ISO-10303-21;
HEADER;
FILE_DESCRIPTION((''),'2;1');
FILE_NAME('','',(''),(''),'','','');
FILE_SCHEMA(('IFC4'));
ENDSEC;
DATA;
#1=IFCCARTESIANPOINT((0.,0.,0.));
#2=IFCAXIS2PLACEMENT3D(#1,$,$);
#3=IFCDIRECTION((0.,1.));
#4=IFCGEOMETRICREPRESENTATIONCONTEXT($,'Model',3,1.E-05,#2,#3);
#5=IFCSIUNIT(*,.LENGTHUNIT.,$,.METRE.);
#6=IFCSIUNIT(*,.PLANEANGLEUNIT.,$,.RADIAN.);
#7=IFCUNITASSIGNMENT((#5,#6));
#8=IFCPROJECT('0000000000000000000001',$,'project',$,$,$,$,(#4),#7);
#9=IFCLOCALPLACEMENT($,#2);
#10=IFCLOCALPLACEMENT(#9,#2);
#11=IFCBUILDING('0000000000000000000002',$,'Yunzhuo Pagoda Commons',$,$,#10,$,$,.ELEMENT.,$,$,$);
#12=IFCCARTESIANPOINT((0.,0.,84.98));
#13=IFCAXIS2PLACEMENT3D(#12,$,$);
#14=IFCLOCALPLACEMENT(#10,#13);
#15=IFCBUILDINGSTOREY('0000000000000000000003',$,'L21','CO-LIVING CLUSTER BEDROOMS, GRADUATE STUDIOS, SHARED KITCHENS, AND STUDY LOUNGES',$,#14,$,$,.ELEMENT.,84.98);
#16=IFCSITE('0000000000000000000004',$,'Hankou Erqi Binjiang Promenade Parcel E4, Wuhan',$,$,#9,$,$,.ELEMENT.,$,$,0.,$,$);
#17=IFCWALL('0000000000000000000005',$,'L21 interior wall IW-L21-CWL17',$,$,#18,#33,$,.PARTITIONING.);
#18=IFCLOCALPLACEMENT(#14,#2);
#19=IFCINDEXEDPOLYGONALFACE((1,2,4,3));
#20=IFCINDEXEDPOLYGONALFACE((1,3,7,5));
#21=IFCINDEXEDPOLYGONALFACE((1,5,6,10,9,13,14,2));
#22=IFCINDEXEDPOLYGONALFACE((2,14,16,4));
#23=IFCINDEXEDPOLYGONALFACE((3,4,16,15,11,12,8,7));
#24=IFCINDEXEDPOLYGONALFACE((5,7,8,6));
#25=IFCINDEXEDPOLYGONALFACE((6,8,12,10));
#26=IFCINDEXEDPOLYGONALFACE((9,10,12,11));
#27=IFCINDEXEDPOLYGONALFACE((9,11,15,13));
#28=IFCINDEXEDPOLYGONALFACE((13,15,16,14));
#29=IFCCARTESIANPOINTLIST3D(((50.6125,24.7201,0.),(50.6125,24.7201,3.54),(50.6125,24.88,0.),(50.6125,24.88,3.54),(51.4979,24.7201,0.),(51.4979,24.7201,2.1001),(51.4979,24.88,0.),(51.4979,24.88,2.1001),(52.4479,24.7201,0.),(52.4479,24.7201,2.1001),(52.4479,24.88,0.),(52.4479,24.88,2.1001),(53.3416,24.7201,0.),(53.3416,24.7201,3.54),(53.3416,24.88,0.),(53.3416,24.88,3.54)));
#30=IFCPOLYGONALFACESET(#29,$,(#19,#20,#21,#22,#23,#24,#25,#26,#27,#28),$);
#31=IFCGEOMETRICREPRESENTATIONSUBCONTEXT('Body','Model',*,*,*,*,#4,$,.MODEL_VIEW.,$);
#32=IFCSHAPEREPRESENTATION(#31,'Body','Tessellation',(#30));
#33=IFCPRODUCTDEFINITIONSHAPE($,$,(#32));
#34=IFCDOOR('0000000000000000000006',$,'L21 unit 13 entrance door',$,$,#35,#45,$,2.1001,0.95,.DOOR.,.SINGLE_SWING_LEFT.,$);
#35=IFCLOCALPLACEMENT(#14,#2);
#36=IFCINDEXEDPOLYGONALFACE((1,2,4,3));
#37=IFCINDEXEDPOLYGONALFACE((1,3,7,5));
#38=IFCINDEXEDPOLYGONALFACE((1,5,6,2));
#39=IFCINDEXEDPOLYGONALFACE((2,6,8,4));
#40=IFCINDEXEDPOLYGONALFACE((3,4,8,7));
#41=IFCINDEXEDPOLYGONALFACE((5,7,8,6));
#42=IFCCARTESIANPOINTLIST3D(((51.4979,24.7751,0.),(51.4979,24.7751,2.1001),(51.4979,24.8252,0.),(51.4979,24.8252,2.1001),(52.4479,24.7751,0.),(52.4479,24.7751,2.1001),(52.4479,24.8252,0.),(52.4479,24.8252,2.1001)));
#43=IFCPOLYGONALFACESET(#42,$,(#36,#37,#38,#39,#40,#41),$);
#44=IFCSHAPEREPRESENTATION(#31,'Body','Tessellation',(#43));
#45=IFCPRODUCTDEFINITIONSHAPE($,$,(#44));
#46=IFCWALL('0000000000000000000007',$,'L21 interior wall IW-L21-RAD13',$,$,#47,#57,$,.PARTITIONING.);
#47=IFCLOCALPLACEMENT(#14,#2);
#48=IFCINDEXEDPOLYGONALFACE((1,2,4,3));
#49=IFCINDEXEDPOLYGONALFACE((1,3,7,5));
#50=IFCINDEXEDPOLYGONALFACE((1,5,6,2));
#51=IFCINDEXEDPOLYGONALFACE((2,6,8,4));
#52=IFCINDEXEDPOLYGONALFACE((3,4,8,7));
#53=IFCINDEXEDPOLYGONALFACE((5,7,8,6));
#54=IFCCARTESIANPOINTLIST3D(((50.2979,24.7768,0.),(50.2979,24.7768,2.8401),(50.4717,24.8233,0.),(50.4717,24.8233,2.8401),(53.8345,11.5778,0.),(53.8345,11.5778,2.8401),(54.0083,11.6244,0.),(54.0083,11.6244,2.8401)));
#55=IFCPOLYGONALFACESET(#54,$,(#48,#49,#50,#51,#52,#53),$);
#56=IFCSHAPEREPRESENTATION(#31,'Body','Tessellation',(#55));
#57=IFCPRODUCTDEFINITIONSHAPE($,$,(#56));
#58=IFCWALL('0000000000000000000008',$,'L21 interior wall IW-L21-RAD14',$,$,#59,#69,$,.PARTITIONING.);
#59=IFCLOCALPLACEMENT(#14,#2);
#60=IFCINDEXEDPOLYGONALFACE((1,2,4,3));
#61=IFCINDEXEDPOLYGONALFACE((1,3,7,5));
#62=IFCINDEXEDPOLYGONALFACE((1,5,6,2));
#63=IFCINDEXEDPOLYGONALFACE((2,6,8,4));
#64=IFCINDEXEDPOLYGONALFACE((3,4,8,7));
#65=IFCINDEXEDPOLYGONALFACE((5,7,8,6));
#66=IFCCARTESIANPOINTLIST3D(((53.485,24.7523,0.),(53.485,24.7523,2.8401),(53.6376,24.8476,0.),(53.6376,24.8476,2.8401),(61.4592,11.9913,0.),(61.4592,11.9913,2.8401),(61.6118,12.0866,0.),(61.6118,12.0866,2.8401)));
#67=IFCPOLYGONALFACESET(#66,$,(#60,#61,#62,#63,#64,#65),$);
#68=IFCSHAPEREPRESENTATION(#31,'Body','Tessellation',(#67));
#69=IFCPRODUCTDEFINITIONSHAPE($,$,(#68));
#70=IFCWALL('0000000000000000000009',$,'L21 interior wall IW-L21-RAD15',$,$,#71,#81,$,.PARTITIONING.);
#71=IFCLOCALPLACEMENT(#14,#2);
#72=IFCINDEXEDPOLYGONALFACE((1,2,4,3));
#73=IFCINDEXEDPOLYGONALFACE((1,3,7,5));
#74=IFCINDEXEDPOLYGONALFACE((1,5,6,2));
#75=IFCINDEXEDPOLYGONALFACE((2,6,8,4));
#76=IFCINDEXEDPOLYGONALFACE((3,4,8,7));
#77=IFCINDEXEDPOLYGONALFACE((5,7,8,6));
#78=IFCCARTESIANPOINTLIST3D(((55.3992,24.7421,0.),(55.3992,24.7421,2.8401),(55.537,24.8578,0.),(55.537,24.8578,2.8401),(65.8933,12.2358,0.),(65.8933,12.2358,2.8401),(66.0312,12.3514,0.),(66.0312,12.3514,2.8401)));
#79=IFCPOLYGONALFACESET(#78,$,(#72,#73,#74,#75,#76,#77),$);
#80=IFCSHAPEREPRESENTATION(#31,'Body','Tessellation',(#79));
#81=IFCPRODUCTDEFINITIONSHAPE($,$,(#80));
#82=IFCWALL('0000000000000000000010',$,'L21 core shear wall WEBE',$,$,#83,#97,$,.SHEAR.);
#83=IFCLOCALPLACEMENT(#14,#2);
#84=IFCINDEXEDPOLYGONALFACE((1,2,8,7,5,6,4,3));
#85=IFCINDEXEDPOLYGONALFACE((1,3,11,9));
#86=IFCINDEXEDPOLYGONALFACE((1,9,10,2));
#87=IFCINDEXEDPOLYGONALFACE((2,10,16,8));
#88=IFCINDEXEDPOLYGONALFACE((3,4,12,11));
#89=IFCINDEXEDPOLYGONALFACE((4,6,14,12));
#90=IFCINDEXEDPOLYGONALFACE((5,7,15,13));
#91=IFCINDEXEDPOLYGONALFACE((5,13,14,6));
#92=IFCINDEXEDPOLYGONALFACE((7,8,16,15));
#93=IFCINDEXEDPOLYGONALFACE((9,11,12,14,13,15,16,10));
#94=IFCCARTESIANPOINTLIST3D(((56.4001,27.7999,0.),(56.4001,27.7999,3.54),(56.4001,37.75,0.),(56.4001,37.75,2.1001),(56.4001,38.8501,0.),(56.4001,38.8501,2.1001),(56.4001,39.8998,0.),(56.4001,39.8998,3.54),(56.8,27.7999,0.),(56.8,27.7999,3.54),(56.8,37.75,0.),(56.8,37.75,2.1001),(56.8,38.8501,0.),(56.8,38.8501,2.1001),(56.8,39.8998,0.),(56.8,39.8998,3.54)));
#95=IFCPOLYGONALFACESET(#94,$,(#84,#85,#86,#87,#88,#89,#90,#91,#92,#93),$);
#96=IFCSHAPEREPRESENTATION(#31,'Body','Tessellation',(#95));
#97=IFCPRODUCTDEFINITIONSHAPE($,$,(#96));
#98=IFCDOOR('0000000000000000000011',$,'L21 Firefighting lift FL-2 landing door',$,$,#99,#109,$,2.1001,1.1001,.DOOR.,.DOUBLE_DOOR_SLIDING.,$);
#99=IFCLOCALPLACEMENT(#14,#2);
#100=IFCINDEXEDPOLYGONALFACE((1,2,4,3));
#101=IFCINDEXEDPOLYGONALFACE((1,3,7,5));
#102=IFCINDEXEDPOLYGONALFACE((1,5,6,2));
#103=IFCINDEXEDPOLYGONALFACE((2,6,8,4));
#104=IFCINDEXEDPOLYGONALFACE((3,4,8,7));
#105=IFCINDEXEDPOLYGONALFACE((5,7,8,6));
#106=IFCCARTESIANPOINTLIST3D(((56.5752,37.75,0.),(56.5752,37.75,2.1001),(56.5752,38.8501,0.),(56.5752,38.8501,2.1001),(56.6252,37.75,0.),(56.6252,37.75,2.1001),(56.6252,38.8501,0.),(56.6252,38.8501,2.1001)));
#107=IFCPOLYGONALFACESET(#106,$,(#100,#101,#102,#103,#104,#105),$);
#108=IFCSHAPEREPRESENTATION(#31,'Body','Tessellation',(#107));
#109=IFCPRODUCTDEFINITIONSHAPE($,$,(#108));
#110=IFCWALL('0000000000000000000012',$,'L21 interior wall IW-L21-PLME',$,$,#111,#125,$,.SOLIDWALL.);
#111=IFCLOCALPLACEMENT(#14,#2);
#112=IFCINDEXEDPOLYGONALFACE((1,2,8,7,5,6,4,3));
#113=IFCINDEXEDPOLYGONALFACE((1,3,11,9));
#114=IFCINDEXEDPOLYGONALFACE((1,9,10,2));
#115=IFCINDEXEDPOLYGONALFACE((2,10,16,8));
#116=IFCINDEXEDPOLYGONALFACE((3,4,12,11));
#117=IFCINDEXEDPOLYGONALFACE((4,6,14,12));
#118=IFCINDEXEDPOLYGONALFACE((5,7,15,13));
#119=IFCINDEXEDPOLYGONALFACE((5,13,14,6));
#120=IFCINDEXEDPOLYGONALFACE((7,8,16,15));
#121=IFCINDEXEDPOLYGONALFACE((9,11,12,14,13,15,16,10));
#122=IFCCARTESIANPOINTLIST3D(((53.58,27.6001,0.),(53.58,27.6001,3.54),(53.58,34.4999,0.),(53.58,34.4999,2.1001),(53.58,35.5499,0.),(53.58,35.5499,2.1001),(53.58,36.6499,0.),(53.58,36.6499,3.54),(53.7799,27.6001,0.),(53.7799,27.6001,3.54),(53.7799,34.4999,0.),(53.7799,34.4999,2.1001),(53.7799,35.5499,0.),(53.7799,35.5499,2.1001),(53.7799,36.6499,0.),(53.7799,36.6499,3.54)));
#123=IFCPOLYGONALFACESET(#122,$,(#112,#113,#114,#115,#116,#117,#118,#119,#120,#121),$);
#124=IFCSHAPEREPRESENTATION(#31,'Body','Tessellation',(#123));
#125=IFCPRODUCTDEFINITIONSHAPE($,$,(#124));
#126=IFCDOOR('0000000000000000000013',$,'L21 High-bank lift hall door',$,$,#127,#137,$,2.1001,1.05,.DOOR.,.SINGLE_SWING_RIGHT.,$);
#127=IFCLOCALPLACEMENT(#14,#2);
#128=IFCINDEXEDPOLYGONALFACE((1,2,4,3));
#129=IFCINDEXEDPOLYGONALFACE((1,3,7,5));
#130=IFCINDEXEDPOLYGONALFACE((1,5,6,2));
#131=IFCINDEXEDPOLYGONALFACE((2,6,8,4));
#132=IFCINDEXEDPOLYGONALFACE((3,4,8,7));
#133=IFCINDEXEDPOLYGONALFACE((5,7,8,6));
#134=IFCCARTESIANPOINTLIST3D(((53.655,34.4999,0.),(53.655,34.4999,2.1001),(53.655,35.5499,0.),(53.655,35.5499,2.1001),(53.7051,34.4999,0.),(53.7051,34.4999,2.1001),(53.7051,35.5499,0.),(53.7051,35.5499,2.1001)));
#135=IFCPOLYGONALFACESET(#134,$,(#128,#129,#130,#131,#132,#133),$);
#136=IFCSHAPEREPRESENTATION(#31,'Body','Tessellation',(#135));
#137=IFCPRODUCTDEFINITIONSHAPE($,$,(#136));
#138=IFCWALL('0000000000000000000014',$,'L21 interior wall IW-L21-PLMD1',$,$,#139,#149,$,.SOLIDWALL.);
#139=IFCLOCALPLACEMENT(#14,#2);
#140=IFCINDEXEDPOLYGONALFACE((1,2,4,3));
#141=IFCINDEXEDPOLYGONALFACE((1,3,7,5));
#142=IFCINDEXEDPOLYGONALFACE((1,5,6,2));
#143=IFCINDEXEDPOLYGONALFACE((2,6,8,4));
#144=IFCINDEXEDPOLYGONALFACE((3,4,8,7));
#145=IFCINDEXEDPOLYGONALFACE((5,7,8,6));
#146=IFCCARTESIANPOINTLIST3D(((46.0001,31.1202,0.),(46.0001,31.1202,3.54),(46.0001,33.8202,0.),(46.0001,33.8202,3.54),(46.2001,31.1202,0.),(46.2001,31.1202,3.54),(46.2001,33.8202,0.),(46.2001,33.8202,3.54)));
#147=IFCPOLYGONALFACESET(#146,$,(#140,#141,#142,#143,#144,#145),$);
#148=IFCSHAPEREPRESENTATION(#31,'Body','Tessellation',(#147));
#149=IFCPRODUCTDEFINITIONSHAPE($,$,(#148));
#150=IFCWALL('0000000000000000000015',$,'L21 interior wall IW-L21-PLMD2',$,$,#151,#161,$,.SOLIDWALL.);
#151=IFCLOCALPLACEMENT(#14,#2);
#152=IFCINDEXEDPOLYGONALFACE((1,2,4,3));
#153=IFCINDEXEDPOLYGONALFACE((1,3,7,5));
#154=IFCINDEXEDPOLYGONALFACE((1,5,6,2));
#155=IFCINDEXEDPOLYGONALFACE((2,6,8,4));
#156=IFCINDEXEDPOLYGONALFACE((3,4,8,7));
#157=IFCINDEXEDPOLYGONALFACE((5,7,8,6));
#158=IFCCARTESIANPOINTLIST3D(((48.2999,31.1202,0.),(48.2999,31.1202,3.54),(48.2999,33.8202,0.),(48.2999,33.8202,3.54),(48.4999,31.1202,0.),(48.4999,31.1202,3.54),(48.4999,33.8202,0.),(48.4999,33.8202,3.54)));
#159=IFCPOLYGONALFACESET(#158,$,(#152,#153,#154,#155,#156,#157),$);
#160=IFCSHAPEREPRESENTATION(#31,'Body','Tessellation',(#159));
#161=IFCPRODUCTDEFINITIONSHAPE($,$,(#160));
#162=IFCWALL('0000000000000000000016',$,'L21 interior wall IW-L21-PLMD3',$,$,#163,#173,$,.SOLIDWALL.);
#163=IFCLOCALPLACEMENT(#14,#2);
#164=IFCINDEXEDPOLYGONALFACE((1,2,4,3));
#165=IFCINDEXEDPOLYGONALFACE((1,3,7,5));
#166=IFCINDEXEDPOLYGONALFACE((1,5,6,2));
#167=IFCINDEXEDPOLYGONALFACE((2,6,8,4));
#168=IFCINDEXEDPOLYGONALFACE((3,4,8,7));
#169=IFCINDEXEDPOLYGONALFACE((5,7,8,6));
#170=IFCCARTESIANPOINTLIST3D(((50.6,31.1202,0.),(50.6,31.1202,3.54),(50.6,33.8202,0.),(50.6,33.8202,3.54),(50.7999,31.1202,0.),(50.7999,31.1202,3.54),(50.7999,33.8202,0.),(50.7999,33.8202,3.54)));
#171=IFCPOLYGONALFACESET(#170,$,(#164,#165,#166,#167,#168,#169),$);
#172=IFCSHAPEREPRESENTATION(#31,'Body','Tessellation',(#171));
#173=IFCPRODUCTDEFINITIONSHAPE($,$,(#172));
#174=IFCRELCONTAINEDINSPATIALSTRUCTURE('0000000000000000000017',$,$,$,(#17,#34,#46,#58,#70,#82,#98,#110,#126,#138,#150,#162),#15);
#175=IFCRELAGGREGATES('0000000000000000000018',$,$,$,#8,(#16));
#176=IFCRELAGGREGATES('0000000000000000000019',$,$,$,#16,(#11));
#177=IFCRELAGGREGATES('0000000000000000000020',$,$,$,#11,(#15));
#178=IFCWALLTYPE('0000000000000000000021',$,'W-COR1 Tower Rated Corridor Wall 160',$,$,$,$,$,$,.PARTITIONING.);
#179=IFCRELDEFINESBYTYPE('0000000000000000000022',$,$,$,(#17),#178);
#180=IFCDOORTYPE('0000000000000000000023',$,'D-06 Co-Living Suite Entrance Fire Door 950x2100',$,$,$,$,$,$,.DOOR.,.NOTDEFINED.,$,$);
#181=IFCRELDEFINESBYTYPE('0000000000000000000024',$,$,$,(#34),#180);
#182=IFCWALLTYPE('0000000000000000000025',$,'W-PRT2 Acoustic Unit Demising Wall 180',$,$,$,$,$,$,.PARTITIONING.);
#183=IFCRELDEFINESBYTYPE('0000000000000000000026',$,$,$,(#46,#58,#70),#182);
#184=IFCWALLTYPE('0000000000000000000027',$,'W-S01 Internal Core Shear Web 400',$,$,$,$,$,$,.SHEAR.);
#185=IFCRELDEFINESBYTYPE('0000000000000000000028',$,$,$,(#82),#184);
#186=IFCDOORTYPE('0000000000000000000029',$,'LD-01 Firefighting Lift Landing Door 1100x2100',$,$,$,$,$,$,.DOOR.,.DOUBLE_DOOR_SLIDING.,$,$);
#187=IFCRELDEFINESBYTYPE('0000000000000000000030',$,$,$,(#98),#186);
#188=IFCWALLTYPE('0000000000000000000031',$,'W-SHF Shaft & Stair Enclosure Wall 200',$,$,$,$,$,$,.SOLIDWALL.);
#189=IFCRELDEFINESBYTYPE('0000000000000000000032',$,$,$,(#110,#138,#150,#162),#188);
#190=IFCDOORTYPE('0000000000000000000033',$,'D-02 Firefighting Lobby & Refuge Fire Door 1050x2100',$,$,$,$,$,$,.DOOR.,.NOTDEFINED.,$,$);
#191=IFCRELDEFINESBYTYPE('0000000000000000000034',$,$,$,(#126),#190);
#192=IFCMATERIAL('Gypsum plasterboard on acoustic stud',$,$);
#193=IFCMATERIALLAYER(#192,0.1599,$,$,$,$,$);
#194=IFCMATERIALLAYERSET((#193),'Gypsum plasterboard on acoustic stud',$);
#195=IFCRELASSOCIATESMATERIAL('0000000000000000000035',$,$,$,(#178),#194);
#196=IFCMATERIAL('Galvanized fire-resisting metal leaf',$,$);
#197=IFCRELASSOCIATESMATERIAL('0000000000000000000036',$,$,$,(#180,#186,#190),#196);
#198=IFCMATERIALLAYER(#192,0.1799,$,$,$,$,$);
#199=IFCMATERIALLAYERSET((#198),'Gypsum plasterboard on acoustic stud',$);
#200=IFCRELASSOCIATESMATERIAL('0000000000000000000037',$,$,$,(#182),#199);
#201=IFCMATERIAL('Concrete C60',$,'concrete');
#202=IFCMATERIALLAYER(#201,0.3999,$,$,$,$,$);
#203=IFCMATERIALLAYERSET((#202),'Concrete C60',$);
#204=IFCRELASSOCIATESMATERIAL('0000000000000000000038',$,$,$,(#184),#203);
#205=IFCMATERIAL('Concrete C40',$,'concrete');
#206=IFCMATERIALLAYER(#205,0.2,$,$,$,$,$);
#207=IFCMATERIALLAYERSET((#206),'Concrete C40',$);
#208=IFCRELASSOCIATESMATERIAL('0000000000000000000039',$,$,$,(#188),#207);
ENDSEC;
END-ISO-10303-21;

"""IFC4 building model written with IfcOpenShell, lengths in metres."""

from ifc_helpers import new_model, si_unit, direction, frame, frame_2d, origin, origin_with_axes, place, context, subcontext, project, spatial, rectangle, extrude, source, transform, mapped, material, layer, layer_set, type_object, element, fill, save


model = new_model("IFC4")

# Units and contexts
model_context = context("Model", 3, precision=1e-05, world=origin(), true_north=direction((0.0, 1.0)))
body_context = subcontext(model_context, "Body", "Model", "MODEL_VIEW")
ifc_project = project(units=[si_unit("LENGTHUNIT", "METRE"), si_unit("PLANEANGLEUNIT", "RADIAN")], contexts=[model_context])

# Site, building, storey
site_placement = place(None, origin())
site = spatial("IfcSite", under=ifc_project, at=site_placement, Name="Hankou Erqi Binjiang Promenade Parcel E4, Wuhan", CompositionType="ELEMENT", RefElevation=0.0)
building_placement = place(site_placement, origin())
building = spatial("IfcBuilding", under=site, at=building_placement, Name="Yunzhuo Pagoda Commons", CompositionType="ELEMENT")
storey_placement = place(building_placement, frame((0.0, 0.0, 84.98)))
storey = spatial("IfcBuildingStorey", under=building, at=storey_placement, Name="L21", Description="CO-LIVING CLUSTER BEDROOMS, GRADUATE STUDIOS, SHARED KITCHENS, AND STUDY LOUNGES", CompositionType="ELEMENT", Elevation=84.98)

# Shared definitions
ifc_material_1 = material(Name="Gypsum plasterboard on acoustic stud")
ifc_layer_1 = layer(ifc_material_1, 0.1599)
ifc_layer_set_1 = layer_set([ifc_layer_1], Name="Gypsum plasterboard on acoustic stud")
wall_type_1 = type_object("IfcWallType", Name="W-COR1 Tower Rated Corridor Wall 160", PredefinedType="PARTITIONING", material=ifc_layer_set_1)
ifc_material_2 = material(Name="Galvanized fire-resisting metal leaf")

# Wall, opening, door
wall_1_placement = place(storey_placement, frame((53.3416, 24.8, 0.0), z_axis=(0.0, 0.0, 1.0), x_axis=(-1.0, 0.0, 0.0)))
wall_1 = element("IfcWall", 1, at=wall_1_placement, inside=storey, type_object=wall_type_1, Name="L21 interior wall IW-L21-CWL17", PredefinedType="PARTITIONING", context=body_context, shape_type="SweptSolid", body=[
    extrude(rectangle(XDim=2.729, YDim=0.1599, at=frame_2d((1.3645, 0.0))), origin(), (0.0, 0.0, 1.0), 3.54),
])
opening_1_placement = place(wall_1_placement, frame((0.8936, 0.0, 0.0)))
opening_1 = element("IfcOpeningElement", 2, at=opening_1_placement, cuts=wall_1, PredefinedType="OPENING", context=body_context, shape_type="SweptSolid", body=[
    extrude(rectangle(XDim=0.95, YDim=2.1001, at=frame_2d((0.4751, 1.05))), frame((0.0, 0.0898, 0.0), z_axis=(0.0, -1.0, 0.0), x_axis=(1.0, 0.0, 0.0)), (0.0, 0.0, 1.0), 0.1799),
])
door_type_1 = type_object("IfcDoorType", Name="D-06 Co-Living Suite Entrance Fire Door 950x2100", OperationType="NOTDEFINED", PredefinedType="DOOR", material=ifc_material_2)
shared_shape_1 = source(origin(), body_context, "Body", "SweptSolid", [
    extrude(rectangle(XDim=0.95, YDim=2.1001, at=frame_2d((0.4751, 1.05))), frame((0.0, 0.0249, 0.0), z_axis=(0.0, -1.0, 0.0), x_axis=(1.0, 0.0, 0.0)), (0.0, 0.0, 1.0), 0.05),
])
door_1_placement = place(opening_1_placement, origin_with_axes())
door_1 = element("IfcDoor", 3, at=door_1_placement, inside=storey, type_object=door_type_1, Name="L21 unit 13 entrance door", OperationType="SINGLE_SWING_LEFT", OverallHeight=2.1001, OverallWidth=0.95, PredefinedType="DOOR", context=body_context, shape_type="MappedRepresentation", body=[
    mapped(shared_shape_1, transform((0.0, 0.0, 0.0), scale=1.0)),
])
fill(opening_1, door_1)

# Walls
ifc_layer_2 = layer(ifc_material_1, 0.1799)
ifc_layer_set_2 = layer_set([ifc_layer_2], Name="Gypsum plasterboard on acoustic stud")
wall_type_2 = type_object("IfcWallType", Name="W-PRT2 Acoustic Unit Demising Wall 180", PredefinedType="PARTITIONING", material=ifc_layer_set_2)
wall_2_placement = place(storey_placement, frame((50.3848, 24.8, 0.0), z_axis=(0.0, 0.0, 1.0), x_axis=(0.258817, -0.965926, 0.0)))
element("IfcWall", 4, at=wall_2_placement, inside=storey, type_object=wall_type_2, Name="L21 interior wall IW-L21-RAD13", PredefinedType="PARTITIONING", context=body_context, shape_type="SweptSolid", body=[
    extrude(rectangle(XDim=13.6646, YDim=0.1799, at=frame_2d((6.8323, 0.0))), origin(), (0.0, 0.0, 1.0), 2.8401),
])
wall_3_placement = place(storey_placement, frame((53.5613, 24.8, 0.0), z_axis=(0.0, 0.0, 1.0), x_axis=(0.529927, -0.848043, 0.0)))
element("IfcWall", 5, at=wall_3_placement, inside=storey, type_object=wall_type_2, Name="L21 interior wall IW-L21-RAD14", PredefinedType="PARTITIONING", context=body_context, shape_type="SweptSolid", body=[
    extrude(rectangle(XDim=15.0476, YDim=0.1799, at=frame_2d((7.5239, 0.0))), origin(), (0.0, 0.0, 1.0), 2.8401),
])
wall_4_placement = place(storey_placement, frame((55.468, 24.8, 0.0), z_axis=(0.0, 0.0, 1.0), x_axis=(0.64279, -0.766042, 0.0)))
element("IfcWall", 6, at=wall_4_placement, inside=storey, type_object=wall_type_2, Name="L21 interior wall IW-L21-RAD15", PredefinedType="PARTITIONING", context=body_context, shape_type="SweptSolid", body=[
    extrude(rectangle(XDim=16.3259, YDim=0.1799, at=frame_2d((8.1631, 0.0))), origin(), (0.0, 0.0, 1.0), 2.8401),
])

# Walls, openings, doors
ifc_material_3 = material(Name="Concrete C60", Category="concrete")
ifc_layer_3 = layer(ifc_material_3, 0.3999)
ifc_layer_set_3 = layer_set([ifc_layer_3], Name="Concrete C60")
wall_type_3 = type_object("IfcWallType", Name="W-S01 Internal Core Shear Web 400", PredefinedType="SHEAR", material=ifc_layer_set_3)
wall_5_placement = place(storey_placement, frame((56.6001, 27.8, 0.0), z_axis=(0.0, 0.0, 1.0), x_axis=(0.0, 1.0, 0.0)))
wall_5 = element("IfcWall", 7, at=wall_5_placement, inside=storey, type_object=wall_type_3, Name="L21 core shear wall WEBE", PredefinedType="SHEAR", context=body_context, shape_type="SweptSolid", body=[
    extrude(rectangle(XDim=12.0999, YDim=0.3999, at=frame_2d((6.0498, 0.0))), origin(), (0.0, 0.0, 1.0), 3.54),
])
opening_2_placement = place(wall_5_placement, frame((9.95, 0.0, 0.0)))
opening_2 = element("IfcOpeningElement", 8, at=opening_2_placement, cuts=wall_5, PredefinedType="OPENING", context=body_context, shape_type="SweptSolid", body=[
    extrude(rectangle(XDim=1.1001, YDim=2.1001, at=frame_2d((0.55, 1.05))), frame((0.0, 0.21, 0.0), z_axis=(0.0, -1.0, 0.0), x_axis=(1.0, 0.0, 0.0)), (0.0, 0.0, 1.0), 0.4199),
])
door_type_2 = type_object("IfcDoorType", Name="LD-01 Firefighting Lift Landing Door 1100x2100", OperationType="DOUBLE_DOOR_SLIDING", PredefinedType="DOOR", material=ifc_material_2)
shared_shape_2 = source(origin(), body_context, "Body", "SweptSolid", [
    extrude(rectangle(XDim=1.1001, YDim=2.1001, at=frame_2d((0.55, 1.05))), frame((0.0, 0.0249, 0.0), z_axis=(0.0, -1.0, 0.0), x_axis=(1.0, 0.0, 0.0)), (0.0, 0.0, 1.0), 0.05),
])
door_2_placement = place(opening_2_placement, origin_with_axes())
door_2 = element("IfcDoor", 9, at=door_2_placement, inside=storey, type_object=door_type_2, Name="L21 Firefighting lift FL-2 landing door", OperationType="DOUBLE_DOOR_SLIDING", OverallHeight=2.1001, OverallWidth=1.1001, PredefinedType="DOOR", context=body_context, shape_type="MappedRepresentation", body=[
    mapped(shared_shape_2, transform((0.0, 0.0, 0.0), scale=1.0)),
])
fill(opening_2, door_2)
ifc_material_4 = material(Name="Concrete C40", Category="concrete")
ifc_layer_4 = layer(ifc_material_4, 0.2)
ifc_layer_set_4 = layer_set([ifc_layer_4], Name="Concrete C40")
wall_type_4 = type_object("IfcWallType", Name="W-SHF Shaft & Stair Enclosure Wall 200", PredefinedType="SOLIDWALL", material=ifc_layer_set_4)
wall_6_placement = place(storey_placement, frame((53.6799, 27.6001, 0.0), z_axis=(0.0, 0.0, 1.0), x_axis=(0.0, 1.0, 0.0)))
wall_6 = element("IfcWall", 10, at=wall_6_placement, inside=storey, type_object=wall_type_4, Name="L21 interior wall IW-L21-PLME", PredefinedType="SOLIDWALL", context=body_context, shape_type="SweptSolid", body=[
    extrude(rectangle(XDim=9.0498, YDim=0.2, at=frame_2d((4.5249, 0.0))), origin(), (0.0, 0.0, 1.0), 3.54),
])
opening_3_placement = place(wall_6_placement, frame((6.8999, 0.0, 0.0)))
opening_3 = element("IfcOpeningElement", 11, at=opening_3_placement, cuts=wall_6, PredefinedType="OPENING", context=body_context, shape_type="SweptSolid", body=[
    extrude(rectangle(XDim=1.05, YDim=2.1001, at=frame_2d((0.5249, 1.05))), frame((0.0, 0.1099, 0.0), z_axis=(0.0, -1.0, 0.0), x_axis=(1.0, 0.0, 0.0)), (0.0, 0.0, 1.0), 0.22),
])
door_type_3 = type_object("IfcDoorType", Name="D-02 Firefighting Lobby & Refuge Fire Door 1050x2100", OperationType="NOTDEFINED", PredefinedType="DOOR", material=ifc_material_2)
shared_shape_3 = source(origin(), body_context, "Body", "SweptSolid", [
    extrude(rectangle(XDim=1.05, YDim=2.1001, at=frame_2d((0.5249, 1.05))), frame((0.0, 0.0249, 0.0), z_axis=(0.0, -1.0, 0.0), x_axis=(1.0, 0.0, 0.0)), (0.0, 0.0, 1.0), 0.05),
])
door_3_placement = place(opening_3_placement, origin_with_axes())
door_3 = element("IfcDoor", 12, at=door_3_placement, inside=storey, type_object=door_type_3, Name="L21 High-bank lift hall door", OperationType="SINGLE_SWING_RIGHT", OverallHeight=2.1001, OverallWidth=1.05, PredefinedType="DOOR", context=body_context, shape_type="MappedRepresentation", body=[
    mapped(shared_shape_3, transform((0.0, 0.0, 0.0), scale=1.0)),
])
fill(opening_3, door_3)

# Walls
for number, where, z_axis, x_axis, name in (
    (13, (46.1001, 31.1201, 0.0), (0.0, 0.0, 1.0), (0.0, 1.0, 0.0), "L21 interior wall IW-L21-PLMD1"),
    (14, (48.3999, 31.1201, 0.0), (0.0, 0.0, 1.0), (0.0, 1.0, 0.0), "L21 interior wall IW-L21-PLMD2"),
    (15, (50.7, 31.1201, 0.0), (0.0, 0.0, 1.0), (0.0, 1.0, 0.0), "L21 interior wall IW-L21-PLMD3"),
):
    element("IfcWall", number, at=place(storey_placement, frame(where, z_axis=z_axis, x_axis=x_axis)), inside=storey, type_object=wall_type_4, Name=name, PredefinedType="SOLIDWALL", context=body_context, shape_type="SweptSolid", body=[
        extrude(rectangle(XDim=2.7, YDim=0.2, at=frame_2d((1.3501, 0.0))), origin(), (0.0, 0.0, 1.0), 3.54),
    ])

save(model, "model.ifc")
